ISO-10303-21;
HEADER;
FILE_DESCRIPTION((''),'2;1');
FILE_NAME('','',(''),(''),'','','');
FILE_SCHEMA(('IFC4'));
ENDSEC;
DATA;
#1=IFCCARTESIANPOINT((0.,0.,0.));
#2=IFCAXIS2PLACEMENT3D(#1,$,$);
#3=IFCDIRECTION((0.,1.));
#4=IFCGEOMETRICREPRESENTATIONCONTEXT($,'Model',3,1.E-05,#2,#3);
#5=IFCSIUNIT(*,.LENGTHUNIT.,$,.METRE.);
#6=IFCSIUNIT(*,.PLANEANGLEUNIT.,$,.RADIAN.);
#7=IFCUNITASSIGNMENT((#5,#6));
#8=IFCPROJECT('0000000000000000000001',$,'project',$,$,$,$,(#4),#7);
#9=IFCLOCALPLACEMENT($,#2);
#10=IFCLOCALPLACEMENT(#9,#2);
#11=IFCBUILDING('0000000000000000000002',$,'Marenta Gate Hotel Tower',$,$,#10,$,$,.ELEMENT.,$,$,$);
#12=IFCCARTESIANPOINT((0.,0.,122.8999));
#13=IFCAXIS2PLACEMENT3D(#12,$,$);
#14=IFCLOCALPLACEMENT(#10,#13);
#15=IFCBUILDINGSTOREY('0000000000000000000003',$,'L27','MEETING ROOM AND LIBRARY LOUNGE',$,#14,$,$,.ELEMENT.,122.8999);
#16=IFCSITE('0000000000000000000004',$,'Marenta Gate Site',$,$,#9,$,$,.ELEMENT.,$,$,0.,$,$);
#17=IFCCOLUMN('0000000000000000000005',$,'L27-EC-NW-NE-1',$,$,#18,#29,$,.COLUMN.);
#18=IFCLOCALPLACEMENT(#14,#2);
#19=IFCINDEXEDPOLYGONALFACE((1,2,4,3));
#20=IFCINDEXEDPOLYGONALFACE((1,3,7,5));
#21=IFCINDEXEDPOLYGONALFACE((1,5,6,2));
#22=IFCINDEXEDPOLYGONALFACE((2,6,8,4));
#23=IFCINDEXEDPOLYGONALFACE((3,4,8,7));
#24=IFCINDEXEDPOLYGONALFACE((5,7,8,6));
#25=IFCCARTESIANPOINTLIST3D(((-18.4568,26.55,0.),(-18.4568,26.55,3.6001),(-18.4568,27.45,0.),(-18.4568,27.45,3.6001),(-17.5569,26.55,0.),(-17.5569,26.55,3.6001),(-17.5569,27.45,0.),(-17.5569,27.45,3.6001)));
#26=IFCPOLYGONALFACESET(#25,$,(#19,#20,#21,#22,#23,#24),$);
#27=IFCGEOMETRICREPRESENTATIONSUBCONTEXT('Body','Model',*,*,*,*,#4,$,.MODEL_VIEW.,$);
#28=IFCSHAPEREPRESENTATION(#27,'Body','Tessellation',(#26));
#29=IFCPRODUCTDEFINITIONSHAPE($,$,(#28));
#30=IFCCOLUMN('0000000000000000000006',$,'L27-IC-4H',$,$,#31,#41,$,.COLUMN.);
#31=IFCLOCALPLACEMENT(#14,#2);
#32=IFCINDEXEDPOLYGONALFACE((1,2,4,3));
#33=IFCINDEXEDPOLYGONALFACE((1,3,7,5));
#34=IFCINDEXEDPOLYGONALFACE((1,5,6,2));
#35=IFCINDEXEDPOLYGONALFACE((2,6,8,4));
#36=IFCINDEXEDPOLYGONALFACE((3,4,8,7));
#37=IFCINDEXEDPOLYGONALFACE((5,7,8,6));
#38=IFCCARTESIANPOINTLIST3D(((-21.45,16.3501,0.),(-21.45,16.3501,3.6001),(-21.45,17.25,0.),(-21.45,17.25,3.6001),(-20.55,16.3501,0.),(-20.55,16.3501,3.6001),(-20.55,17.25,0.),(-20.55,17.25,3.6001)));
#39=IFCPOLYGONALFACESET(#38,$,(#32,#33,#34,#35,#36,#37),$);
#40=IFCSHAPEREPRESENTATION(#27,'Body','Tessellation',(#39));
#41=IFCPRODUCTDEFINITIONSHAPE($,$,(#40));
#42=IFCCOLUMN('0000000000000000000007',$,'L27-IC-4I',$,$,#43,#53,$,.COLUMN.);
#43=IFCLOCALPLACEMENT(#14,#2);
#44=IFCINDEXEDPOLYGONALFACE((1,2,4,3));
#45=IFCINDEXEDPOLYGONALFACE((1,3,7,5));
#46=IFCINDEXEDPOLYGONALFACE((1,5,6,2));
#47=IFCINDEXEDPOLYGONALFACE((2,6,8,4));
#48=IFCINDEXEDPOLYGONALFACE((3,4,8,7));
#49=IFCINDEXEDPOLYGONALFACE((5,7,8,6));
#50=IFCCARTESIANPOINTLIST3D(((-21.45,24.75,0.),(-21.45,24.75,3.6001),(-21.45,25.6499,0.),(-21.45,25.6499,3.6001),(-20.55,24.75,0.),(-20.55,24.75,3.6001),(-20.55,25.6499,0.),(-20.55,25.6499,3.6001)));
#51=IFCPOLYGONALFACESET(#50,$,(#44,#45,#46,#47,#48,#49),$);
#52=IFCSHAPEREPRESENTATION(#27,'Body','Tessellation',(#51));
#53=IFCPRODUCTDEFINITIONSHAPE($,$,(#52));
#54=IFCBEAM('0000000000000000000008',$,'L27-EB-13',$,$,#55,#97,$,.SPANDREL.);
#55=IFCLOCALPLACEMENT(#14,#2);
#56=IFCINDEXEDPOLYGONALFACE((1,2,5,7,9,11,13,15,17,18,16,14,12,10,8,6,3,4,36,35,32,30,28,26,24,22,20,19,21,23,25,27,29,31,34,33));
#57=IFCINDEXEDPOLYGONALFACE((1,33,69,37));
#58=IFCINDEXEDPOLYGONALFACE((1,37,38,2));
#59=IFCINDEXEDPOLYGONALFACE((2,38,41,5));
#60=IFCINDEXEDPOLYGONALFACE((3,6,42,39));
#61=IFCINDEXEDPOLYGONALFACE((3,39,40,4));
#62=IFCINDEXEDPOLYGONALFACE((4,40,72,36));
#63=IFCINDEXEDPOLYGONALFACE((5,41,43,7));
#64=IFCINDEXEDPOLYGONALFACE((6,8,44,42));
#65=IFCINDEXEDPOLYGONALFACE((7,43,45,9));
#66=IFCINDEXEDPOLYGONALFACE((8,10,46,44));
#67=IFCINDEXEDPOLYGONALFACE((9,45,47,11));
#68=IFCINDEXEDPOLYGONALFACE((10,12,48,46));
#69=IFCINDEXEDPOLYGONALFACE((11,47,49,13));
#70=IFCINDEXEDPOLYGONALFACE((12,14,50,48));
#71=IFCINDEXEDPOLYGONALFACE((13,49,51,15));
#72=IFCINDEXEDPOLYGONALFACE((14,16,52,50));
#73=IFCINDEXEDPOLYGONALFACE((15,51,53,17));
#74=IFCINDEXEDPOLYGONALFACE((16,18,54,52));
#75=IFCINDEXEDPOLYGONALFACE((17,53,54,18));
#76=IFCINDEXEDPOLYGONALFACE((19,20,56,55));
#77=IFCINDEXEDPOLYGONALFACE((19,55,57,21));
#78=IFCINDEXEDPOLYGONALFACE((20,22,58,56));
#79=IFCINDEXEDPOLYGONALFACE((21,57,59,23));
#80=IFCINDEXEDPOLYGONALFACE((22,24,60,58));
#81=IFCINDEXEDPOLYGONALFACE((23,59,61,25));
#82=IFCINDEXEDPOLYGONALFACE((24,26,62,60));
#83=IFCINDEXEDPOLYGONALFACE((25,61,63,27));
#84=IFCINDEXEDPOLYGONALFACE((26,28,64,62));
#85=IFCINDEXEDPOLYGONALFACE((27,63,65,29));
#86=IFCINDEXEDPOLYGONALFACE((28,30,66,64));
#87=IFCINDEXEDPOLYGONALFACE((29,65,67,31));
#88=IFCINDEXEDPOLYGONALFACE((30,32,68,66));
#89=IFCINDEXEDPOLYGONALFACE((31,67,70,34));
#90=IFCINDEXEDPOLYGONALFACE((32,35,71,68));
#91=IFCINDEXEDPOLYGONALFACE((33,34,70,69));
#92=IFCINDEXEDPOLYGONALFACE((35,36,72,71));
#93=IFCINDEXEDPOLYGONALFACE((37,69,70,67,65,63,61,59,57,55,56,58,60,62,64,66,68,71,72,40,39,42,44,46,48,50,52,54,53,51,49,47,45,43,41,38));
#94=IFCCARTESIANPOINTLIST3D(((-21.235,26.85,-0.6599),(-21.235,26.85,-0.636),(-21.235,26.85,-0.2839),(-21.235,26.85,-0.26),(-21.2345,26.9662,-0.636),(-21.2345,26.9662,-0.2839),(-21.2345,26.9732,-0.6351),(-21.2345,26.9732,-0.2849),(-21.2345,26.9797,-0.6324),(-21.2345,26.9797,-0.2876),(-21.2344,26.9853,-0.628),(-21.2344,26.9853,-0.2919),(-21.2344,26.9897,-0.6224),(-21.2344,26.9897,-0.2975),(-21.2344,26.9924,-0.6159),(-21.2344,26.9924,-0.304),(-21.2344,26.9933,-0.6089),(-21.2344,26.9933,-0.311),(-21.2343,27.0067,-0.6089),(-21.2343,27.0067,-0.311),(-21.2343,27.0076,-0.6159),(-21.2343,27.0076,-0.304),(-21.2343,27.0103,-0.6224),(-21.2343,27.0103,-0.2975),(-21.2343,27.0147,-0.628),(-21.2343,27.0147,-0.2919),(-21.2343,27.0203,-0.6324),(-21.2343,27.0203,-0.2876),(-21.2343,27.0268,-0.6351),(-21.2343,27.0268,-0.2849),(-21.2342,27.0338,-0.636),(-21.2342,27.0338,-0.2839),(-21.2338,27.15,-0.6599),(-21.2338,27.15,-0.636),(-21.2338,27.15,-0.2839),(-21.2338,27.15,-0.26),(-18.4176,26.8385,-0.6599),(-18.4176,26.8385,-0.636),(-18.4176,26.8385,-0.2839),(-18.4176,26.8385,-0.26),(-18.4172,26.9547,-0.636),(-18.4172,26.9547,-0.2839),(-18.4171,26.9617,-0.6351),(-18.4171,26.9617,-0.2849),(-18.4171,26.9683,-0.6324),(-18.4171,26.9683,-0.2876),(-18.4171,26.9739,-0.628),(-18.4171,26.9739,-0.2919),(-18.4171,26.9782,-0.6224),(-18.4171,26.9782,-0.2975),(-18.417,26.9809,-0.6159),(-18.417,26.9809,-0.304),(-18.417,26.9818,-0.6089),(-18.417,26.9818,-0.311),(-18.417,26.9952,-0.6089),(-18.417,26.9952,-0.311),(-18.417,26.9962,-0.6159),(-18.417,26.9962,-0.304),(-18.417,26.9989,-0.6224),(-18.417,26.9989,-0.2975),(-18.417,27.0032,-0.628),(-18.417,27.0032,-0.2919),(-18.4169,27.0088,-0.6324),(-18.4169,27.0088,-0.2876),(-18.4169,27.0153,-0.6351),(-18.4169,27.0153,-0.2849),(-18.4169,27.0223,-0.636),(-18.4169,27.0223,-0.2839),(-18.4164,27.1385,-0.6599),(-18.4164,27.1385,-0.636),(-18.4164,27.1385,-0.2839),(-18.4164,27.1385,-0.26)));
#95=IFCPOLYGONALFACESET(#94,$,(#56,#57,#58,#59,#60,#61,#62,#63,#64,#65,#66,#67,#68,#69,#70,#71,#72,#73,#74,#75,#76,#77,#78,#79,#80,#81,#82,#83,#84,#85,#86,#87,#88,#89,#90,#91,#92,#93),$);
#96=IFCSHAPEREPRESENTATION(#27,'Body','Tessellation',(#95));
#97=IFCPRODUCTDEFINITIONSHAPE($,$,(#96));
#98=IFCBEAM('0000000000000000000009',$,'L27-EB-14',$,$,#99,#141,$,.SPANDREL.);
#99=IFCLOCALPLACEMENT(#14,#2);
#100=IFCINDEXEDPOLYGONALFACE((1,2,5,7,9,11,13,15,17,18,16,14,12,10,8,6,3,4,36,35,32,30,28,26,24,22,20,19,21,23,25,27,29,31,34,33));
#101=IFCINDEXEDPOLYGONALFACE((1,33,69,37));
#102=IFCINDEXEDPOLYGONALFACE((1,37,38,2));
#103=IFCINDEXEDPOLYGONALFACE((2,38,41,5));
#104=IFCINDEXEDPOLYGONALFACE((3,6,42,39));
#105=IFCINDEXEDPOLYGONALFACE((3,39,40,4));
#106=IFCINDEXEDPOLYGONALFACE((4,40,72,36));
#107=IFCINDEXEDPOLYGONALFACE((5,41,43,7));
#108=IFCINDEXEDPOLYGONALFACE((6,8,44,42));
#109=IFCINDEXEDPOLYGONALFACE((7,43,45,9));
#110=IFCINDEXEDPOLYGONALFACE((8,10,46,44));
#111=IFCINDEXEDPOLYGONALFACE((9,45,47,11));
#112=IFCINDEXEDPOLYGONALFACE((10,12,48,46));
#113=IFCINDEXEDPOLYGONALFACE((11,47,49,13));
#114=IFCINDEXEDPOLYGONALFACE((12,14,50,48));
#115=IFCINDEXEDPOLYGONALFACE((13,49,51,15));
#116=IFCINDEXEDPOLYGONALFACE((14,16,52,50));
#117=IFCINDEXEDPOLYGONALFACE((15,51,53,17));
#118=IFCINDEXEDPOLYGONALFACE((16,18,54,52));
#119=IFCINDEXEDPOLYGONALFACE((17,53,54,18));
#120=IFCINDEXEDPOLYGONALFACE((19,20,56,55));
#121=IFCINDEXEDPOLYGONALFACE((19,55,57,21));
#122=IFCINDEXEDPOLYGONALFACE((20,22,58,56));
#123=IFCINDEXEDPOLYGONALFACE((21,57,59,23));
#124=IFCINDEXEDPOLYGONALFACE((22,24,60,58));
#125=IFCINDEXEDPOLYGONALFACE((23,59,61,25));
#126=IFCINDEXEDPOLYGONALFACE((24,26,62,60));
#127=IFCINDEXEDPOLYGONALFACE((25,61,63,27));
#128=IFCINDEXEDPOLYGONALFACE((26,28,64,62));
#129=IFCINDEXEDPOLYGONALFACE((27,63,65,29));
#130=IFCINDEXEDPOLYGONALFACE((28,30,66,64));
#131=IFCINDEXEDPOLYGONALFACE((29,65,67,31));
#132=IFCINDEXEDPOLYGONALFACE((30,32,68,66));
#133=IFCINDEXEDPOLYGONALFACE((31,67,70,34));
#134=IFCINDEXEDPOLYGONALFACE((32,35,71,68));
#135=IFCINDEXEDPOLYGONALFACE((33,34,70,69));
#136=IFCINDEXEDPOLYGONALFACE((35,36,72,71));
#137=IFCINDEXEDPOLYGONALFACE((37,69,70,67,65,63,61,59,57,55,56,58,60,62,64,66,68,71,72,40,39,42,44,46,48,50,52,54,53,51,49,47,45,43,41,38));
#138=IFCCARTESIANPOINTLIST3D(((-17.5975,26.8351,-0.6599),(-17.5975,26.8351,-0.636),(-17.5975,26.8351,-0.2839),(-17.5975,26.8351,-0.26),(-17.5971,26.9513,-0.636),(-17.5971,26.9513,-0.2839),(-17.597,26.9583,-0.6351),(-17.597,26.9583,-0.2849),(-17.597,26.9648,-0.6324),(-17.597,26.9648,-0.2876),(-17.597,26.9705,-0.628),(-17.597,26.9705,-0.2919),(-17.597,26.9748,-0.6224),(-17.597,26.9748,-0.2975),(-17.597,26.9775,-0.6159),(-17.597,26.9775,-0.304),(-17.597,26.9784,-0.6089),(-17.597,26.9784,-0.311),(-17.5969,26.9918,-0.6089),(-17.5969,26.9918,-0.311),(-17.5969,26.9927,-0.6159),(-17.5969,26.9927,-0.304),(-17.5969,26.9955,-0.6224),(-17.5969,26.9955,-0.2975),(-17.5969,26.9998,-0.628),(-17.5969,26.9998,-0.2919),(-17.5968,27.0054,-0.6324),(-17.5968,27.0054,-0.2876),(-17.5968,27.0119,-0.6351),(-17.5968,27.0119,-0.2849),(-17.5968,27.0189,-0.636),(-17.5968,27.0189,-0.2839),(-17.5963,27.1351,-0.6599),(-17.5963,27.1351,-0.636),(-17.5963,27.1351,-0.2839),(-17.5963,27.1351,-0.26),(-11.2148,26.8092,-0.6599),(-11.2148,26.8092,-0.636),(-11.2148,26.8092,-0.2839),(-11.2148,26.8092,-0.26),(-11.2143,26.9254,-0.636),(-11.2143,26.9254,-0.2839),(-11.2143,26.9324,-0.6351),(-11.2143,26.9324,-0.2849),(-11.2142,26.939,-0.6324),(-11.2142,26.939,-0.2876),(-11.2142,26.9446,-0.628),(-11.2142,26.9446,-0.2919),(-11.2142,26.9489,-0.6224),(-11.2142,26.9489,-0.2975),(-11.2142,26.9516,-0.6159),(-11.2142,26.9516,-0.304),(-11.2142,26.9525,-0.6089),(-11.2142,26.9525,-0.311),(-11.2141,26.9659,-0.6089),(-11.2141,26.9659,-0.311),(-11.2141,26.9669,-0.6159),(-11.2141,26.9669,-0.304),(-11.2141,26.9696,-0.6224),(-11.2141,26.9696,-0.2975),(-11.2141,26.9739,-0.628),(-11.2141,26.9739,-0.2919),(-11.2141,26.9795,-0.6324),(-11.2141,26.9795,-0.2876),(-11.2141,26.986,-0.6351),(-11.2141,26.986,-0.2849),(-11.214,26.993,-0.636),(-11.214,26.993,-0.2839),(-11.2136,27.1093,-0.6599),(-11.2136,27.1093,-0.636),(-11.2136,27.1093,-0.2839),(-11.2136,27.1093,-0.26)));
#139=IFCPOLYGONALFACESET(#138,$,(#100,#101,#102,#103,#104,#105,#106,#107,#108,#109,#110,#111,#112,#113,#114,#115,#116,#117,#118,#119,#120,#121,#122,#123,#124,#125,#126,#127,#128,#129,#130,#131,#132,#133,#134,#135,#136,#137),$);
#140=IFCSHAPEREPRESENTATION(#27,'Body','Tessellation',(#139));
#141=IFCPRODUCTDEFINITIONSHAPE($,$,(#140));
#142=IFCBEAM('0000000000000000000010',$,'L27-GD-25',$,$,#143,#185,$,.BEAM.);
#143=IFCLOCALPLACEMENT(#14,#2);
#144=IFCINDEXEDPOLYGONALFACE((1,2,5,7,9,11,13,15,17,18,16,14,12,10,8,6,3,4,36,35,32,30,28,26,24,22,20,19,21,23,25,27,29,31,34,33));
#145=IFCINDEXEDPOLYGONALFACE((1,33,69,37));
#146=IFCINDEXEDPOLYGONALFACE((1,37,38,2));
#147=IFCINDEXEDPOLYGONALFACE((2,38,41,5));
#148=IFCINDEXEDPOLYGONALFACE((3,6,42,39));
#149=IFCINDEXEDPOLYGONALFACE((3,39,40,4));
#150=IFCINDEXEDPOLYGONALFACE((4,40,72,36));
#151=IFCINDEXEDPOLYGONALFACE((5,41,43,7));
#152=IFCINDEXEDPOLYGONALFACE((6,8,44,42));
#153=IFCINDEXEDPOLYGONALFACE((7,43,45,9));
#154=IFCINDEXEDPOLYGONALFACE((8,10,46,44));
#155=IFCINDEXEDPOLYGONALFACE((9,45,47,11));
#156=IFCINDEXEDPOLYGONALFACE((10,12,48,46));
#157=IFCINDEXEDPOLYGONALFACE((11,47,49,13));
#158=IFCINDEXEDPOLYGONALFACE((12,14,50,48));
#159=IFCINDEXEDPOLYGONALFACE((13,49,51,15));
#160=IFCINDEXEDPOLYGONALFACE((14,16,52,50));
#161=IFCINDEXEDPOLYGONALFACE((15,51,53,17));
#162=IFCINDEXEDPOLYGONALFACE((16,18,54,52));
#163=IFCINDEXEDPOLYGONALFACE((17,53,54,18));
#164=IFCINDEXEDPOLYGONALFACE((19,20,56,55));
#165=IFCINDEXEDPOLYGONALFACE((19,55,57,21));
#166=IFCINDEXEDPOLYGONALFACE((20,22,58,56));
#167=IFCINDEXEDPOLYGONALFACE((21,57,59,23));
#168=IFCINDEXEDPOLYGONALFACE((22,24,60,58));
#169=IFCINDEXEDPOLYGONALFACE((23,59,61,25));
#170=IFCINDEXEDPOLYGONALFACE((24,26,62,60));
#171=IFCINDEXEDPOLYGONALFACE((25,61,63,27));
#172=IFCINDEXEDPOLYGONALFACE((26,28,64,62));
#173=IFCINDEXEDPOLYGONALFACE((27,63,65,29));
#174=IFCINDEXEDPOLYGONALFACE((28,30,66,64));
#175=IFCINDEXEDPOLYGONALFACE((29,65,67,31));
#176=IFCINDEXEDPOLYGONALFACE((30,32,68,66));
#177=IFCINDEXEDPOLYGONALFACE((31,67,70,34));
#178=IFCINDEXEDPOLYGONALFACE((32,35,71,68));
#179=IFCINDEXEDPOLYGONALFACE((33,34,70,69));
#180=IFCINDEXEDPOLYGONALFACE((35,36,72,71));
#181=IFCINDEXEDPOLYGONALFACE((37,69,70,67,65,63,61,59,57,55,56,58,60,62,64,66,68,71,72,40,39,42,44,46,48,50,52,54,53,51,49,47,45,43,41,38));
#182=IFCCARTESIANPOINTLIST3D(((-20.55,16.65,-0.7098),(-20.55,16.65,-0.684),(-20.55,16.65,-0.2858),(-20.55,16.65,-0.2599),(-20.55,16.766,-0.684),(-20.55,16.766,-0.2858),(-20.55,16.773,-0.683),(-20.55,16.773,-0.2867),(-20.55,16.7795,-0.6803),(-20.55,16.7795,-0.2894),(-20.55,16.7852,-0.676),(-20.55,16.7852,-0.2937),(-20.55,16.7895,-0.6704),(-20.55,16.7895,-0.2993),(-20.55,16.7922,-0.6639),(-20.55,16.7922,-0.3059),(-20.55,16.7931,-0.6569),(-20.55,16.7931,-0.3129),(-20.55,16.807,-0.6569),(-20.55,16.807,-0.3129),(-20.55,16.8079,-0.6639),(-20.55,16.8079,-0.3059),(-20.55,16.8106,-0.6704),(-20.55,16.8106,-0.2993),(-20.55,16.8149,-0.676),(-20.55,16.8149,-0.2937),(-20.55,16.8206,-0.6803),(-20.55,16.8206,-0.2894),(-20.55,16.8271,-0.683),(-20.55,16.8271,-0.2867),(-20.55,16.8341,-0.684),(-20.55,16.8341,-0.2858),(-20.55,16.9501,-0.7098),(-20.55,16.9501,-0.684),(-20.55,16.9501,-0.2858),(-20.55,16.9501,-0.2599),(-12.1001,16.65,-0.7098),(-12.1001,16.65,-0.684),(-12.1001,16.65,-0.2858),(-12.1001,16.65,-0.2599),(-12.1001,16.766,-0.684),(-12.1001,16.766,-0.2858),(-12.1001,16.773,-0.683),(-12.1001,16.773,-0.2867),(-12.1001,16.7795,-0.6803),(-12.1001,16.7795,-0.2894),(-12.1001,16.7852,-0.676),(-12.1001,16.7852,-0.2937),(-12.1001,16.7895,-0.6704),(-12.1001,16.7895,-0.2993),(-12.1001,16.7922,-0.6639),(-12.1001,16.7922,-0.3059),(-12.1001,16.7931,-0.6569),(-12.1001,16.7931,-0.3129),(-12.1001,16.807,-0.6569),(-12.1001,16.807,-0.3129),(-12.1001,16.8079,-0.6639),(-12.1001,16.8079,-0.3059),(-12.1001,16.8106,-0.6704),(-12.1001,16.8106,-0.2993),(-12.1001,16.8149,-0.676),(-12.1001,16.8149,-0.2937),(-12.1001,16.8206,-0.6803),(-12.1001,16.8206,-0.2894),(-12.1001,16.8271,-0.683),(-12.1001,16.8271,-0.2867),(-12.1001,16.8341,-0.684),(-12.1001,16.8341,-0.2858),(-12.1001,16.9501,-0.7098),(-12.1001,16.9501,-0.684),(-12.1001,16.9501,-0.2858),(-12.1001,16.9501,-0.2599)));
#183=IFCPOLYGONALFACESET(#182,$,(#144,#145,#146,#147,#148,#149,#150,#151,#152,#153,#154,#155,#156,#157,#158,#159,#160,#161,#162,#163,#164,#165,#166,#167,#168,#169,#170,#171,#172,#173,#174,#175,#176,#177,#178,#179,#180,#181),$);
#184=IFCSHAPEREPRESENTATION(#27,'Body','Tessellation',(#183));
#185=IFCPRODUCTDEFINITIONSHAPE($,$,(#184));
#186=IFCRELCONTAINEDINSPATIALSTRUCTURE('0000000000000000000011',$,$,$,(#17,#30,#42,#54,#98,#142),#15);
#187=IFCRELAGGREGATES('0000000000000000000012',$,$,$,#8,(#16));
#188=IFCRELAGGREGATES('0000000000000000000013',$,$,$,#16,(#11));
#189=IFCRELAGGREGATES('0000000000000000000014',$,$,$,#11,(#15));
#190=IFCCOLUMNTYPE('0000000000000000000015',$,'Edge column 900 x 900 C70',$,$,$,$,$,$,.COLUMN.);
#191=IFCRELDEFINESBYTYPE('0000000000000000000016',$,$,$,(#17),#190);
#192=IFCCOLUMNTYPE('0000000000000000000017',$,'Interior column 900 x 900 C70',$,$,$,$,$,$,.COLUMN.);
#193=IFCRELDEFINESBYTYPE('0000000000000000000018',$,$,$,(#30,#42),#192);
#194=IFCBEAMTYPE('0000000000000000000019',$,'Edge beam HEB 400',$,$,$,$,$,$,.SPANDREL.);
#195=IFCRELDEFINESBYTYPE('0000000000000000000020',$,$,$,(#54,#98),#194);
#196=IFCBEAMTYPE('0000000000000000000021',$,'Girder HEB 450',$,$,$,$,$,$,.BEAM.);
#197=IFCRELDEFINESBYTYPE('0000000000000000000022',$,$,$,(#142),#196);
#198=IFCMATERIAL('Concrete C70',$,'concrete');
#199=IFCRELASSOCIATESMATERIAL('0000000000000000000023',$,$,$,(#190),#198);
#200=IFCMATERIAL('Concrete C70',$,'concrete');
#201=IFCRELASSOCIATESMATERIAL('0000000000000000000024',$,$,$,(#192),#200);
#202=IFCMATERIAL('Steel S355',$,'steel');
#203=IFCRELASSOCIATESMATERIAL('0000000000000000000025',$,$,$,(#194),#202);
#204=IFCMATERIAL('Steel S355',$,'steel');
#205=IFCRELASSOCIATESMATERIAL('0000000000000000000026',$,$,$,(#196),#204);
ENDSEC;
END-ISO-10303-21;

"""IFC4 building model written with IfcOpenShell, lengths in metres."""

from ifc_helpers import new_model, si_unit, direction, frame, origin, origin_2d, place, context, subcontext, project, spatial, rectangle, i_section, extrude, material, material_profile, profile_set, type_object, element, save


model = new_model("IFC4")

# Units and contexts
model_context = context("Model", 3, precision=1e-05, world=origin(), true_north=direction((0.0, 1.0)))
body_context = subcontext(model_context, "Body", "Model", "MODEL_VIEW")
ifc_project = project(units=[si_unit("LENGTHUNIT", "METRE"), si_unit("PLANEANGLEUNIT", "RADIAN")], contexts=[model_context])

# Site, building, storey
site_placement = place(None, origin())
site = spatial("IfcSite", under=ifc_project, at=site_placement, Name="Marenta Gate Site", CompositionType="ELEMENT", RefElevation=0.0)
building_placement = place(site_placement, origin())
building = spatial("IfcBuilding", under=site, at=building_placement, Name="Marenta Gate Hotel Tower", CompositionType="ELEMENT")
storey_placement = place(building_placement, frame((0.0, 0.0, 122.8999)))
storey = spatial("IfcBuildingStorey", under=building, at=storey_placement, Name="L27", Description="MEETING ROOM AND LIBRARY LOUNGE", CompositionType="ELEMENT", Elevation=122.8999)

# Columns
ifc_material_1 = material(Name="Concrete C70", Category="concrete")
ifc_material_profile_1 = material_profile(ifc_material_1, rectangle(XDim=0.8999, YDim=0.8999, at=origin_2d()), Name="900 x 900")
ifc_profile_set_1 = profile_set([ifc_material_profile_1], Name="Concrete C70")
column_type_1 = type_object("IfcColumnType", Name="Edge column 900 x 900 C70", PredefinedType="COLUMN", material=ifc_profile_set_1)
column_placement = place(storey_placement, frame((-18.0068, 27.0, 0.0), z_axis=(0.0, 0.0, 1.0), x_axis=(1.0, 0.0, 0.0)))
element("IfcColumn", 1, at=column_placement, inside=storey, type_object=column_type_1, Name="L27-EC-NW-NE-1", PredefinedType="COLUMN", context=body_context, shape_type="SweptSolid", body=[
    extrude(rectangle(XDim=0.8999, YDim=0.8999, at=origin_2d()), origin(), (0.0, 0.0, 1.0), 3.6001),
])
ifc_material_2 = material(Name="Concrete C70", Category="concrete")
ifc_material_profile_2 = material_profile(ifc_material_2, rectangle(XDim=0.8999, YDim=0.8999, at=origin_2d()), Name="900 x 900")
ifc_profile_set_2 = profile_set([ifc_material_profile_2], Name="Concrete C70")
column_type_2 = type_object("IfcColumnType", Name="Interior column 900 x 900 C70", PredefinedType="COLUMN", material=ifc_profile_set_2)
for number, where, z_axis, x_axis, name in (
    (2, (-21.0, 16.8, 0.0), (0.0, 0.0, 1.0), (1.0, 0.0, 0.0), "L27-IC-4H"),
    (3, (-21.0, 25.2, 0.0), (0.0, 0.0, 1.0), (1.0, 0.0, 0.0), "L27-IC-4I"),
):
    element("IfcColumn", number, at=place(storey_placement, frame(where, z_axis=z_axis, x_axis=x_axis)), inside=storey, type_object=column_type_2, Name=name, PredefinedType="COLUMN", context=body_context, shape_type="SweptSolid", body=[
        extrude(rectangle(XDim=0.8999, YDim=0.8999, at=origin_2d()), origin(), (0.0, 0.0, 1.0), 3.6001),
    ])

# Beams
ifc_material_3 = material(Name="Steel S355", Category="steel")
ifc_material_profile_3 = material_profile(ifc_material_3, i_section(OverallWidth=0.3, OverallDepth=0.3999, WebThickness=0.0134, FlangeThickness=0.0239, FilletRadius=0.0271, at=origin_2d()), Name="HEB 400")
ifc_profile_set_3 = profile_set([ifc_material_profile_3], Name="Steel S355")
beam_type_1 = type_object("IfcBeamType", Name="Edge beam HEB 400", PredefinedType="SPANDREL", material=ifc_profile_set_3)
beam_1_placement = place(storey_placement, frame((-21.2344, 27.0, -0.46), z_axis=(0.999992, -0.004073, 0.0), x_axis=(0.004073, 0.999992, 0.0)))
element("IfcBeam", 4, at=beam_1_placement, inside=storey, type_object=beam_type_1, Name="L27-EB-13", PredefinedType="SPANDREL", context=body_context, shape_type="SweptSolid", body=[
    extrude(i_section(OverallWidth=0.3, OverallDepth=0.3999, WebThickness=0.0134, FlangeThickness=0.0239, FilletRadius=0.0271, at=origin_2d()), origin(), (0.0, 0.0, 1.0), 2.8174),
])
beam_2_placement = place(storey_placement, frame((-17.5969, 26.9851, -0.46), z_axis=(0.999992, -0.004054, 0.0), x_axis=(0.004054, 0.999992, 0.0)))
element("IfcBeam", 5, at=beam_2_placement, inside=storey, type_object=beam_type_1, Name="L27-EB-14", PredefinedType="SPANDREL", context=body_context, shape_type="SweptSolid", body=[
    extrude(i_section(OverallWidth=0.3, OverallDepth=0.3999, WebThickness=0.0134, FlangeThickness=0.0239, FilletRadius=0.0271, at=origin_2d()), origin(), (0.0, 0.0, 1.0), 6.3828),
])
ifc_material_4 = material(Name="Steel S355", Category="steel")
ifc_material_profile_4 = material_profile(ifc_material_4, i_section(OverallWidth=0.3, OverallDepth=0.45, WebThickness=0.0139, FlangeThickness=0.0259, FilletRadius=0.0271, at=origin_2d()), Name="HEB 450")
ifc_profile_set_4 = profile_set([ifc_material_profile_4], Name="Steel S355")
beam_type_2 = type_object("IfcBeamType", Name="Girder HEB 450", PredefinedType="BEAM", material=ifc_profile_set_4)
beam_3_placement = place(storey_placement, frame((-20.55, 16.8, -0.4849), z_axis=(1.0, 0.0, 0.0), x_axis=(0.0, 1.0, 0.0)))
element("IfcBeam", 6, at=beam_3_placement, inside=storey, type_object=beam_type_2, Name="L27-GD-25", PredefinedType="BEAM", context=body_context, shape_type="SweptSolid", body=[
    extrude(i_section(OverallWidth=0.3, OverallDepth=0.45, WebThickness=0.0139, FlangeThickness=0.0259, FilletRadius=0.0271, at=origin_2d()), origin(), (0.0, 0.0, 1.0), 8.45),
])

save(model, "model.ifc")
